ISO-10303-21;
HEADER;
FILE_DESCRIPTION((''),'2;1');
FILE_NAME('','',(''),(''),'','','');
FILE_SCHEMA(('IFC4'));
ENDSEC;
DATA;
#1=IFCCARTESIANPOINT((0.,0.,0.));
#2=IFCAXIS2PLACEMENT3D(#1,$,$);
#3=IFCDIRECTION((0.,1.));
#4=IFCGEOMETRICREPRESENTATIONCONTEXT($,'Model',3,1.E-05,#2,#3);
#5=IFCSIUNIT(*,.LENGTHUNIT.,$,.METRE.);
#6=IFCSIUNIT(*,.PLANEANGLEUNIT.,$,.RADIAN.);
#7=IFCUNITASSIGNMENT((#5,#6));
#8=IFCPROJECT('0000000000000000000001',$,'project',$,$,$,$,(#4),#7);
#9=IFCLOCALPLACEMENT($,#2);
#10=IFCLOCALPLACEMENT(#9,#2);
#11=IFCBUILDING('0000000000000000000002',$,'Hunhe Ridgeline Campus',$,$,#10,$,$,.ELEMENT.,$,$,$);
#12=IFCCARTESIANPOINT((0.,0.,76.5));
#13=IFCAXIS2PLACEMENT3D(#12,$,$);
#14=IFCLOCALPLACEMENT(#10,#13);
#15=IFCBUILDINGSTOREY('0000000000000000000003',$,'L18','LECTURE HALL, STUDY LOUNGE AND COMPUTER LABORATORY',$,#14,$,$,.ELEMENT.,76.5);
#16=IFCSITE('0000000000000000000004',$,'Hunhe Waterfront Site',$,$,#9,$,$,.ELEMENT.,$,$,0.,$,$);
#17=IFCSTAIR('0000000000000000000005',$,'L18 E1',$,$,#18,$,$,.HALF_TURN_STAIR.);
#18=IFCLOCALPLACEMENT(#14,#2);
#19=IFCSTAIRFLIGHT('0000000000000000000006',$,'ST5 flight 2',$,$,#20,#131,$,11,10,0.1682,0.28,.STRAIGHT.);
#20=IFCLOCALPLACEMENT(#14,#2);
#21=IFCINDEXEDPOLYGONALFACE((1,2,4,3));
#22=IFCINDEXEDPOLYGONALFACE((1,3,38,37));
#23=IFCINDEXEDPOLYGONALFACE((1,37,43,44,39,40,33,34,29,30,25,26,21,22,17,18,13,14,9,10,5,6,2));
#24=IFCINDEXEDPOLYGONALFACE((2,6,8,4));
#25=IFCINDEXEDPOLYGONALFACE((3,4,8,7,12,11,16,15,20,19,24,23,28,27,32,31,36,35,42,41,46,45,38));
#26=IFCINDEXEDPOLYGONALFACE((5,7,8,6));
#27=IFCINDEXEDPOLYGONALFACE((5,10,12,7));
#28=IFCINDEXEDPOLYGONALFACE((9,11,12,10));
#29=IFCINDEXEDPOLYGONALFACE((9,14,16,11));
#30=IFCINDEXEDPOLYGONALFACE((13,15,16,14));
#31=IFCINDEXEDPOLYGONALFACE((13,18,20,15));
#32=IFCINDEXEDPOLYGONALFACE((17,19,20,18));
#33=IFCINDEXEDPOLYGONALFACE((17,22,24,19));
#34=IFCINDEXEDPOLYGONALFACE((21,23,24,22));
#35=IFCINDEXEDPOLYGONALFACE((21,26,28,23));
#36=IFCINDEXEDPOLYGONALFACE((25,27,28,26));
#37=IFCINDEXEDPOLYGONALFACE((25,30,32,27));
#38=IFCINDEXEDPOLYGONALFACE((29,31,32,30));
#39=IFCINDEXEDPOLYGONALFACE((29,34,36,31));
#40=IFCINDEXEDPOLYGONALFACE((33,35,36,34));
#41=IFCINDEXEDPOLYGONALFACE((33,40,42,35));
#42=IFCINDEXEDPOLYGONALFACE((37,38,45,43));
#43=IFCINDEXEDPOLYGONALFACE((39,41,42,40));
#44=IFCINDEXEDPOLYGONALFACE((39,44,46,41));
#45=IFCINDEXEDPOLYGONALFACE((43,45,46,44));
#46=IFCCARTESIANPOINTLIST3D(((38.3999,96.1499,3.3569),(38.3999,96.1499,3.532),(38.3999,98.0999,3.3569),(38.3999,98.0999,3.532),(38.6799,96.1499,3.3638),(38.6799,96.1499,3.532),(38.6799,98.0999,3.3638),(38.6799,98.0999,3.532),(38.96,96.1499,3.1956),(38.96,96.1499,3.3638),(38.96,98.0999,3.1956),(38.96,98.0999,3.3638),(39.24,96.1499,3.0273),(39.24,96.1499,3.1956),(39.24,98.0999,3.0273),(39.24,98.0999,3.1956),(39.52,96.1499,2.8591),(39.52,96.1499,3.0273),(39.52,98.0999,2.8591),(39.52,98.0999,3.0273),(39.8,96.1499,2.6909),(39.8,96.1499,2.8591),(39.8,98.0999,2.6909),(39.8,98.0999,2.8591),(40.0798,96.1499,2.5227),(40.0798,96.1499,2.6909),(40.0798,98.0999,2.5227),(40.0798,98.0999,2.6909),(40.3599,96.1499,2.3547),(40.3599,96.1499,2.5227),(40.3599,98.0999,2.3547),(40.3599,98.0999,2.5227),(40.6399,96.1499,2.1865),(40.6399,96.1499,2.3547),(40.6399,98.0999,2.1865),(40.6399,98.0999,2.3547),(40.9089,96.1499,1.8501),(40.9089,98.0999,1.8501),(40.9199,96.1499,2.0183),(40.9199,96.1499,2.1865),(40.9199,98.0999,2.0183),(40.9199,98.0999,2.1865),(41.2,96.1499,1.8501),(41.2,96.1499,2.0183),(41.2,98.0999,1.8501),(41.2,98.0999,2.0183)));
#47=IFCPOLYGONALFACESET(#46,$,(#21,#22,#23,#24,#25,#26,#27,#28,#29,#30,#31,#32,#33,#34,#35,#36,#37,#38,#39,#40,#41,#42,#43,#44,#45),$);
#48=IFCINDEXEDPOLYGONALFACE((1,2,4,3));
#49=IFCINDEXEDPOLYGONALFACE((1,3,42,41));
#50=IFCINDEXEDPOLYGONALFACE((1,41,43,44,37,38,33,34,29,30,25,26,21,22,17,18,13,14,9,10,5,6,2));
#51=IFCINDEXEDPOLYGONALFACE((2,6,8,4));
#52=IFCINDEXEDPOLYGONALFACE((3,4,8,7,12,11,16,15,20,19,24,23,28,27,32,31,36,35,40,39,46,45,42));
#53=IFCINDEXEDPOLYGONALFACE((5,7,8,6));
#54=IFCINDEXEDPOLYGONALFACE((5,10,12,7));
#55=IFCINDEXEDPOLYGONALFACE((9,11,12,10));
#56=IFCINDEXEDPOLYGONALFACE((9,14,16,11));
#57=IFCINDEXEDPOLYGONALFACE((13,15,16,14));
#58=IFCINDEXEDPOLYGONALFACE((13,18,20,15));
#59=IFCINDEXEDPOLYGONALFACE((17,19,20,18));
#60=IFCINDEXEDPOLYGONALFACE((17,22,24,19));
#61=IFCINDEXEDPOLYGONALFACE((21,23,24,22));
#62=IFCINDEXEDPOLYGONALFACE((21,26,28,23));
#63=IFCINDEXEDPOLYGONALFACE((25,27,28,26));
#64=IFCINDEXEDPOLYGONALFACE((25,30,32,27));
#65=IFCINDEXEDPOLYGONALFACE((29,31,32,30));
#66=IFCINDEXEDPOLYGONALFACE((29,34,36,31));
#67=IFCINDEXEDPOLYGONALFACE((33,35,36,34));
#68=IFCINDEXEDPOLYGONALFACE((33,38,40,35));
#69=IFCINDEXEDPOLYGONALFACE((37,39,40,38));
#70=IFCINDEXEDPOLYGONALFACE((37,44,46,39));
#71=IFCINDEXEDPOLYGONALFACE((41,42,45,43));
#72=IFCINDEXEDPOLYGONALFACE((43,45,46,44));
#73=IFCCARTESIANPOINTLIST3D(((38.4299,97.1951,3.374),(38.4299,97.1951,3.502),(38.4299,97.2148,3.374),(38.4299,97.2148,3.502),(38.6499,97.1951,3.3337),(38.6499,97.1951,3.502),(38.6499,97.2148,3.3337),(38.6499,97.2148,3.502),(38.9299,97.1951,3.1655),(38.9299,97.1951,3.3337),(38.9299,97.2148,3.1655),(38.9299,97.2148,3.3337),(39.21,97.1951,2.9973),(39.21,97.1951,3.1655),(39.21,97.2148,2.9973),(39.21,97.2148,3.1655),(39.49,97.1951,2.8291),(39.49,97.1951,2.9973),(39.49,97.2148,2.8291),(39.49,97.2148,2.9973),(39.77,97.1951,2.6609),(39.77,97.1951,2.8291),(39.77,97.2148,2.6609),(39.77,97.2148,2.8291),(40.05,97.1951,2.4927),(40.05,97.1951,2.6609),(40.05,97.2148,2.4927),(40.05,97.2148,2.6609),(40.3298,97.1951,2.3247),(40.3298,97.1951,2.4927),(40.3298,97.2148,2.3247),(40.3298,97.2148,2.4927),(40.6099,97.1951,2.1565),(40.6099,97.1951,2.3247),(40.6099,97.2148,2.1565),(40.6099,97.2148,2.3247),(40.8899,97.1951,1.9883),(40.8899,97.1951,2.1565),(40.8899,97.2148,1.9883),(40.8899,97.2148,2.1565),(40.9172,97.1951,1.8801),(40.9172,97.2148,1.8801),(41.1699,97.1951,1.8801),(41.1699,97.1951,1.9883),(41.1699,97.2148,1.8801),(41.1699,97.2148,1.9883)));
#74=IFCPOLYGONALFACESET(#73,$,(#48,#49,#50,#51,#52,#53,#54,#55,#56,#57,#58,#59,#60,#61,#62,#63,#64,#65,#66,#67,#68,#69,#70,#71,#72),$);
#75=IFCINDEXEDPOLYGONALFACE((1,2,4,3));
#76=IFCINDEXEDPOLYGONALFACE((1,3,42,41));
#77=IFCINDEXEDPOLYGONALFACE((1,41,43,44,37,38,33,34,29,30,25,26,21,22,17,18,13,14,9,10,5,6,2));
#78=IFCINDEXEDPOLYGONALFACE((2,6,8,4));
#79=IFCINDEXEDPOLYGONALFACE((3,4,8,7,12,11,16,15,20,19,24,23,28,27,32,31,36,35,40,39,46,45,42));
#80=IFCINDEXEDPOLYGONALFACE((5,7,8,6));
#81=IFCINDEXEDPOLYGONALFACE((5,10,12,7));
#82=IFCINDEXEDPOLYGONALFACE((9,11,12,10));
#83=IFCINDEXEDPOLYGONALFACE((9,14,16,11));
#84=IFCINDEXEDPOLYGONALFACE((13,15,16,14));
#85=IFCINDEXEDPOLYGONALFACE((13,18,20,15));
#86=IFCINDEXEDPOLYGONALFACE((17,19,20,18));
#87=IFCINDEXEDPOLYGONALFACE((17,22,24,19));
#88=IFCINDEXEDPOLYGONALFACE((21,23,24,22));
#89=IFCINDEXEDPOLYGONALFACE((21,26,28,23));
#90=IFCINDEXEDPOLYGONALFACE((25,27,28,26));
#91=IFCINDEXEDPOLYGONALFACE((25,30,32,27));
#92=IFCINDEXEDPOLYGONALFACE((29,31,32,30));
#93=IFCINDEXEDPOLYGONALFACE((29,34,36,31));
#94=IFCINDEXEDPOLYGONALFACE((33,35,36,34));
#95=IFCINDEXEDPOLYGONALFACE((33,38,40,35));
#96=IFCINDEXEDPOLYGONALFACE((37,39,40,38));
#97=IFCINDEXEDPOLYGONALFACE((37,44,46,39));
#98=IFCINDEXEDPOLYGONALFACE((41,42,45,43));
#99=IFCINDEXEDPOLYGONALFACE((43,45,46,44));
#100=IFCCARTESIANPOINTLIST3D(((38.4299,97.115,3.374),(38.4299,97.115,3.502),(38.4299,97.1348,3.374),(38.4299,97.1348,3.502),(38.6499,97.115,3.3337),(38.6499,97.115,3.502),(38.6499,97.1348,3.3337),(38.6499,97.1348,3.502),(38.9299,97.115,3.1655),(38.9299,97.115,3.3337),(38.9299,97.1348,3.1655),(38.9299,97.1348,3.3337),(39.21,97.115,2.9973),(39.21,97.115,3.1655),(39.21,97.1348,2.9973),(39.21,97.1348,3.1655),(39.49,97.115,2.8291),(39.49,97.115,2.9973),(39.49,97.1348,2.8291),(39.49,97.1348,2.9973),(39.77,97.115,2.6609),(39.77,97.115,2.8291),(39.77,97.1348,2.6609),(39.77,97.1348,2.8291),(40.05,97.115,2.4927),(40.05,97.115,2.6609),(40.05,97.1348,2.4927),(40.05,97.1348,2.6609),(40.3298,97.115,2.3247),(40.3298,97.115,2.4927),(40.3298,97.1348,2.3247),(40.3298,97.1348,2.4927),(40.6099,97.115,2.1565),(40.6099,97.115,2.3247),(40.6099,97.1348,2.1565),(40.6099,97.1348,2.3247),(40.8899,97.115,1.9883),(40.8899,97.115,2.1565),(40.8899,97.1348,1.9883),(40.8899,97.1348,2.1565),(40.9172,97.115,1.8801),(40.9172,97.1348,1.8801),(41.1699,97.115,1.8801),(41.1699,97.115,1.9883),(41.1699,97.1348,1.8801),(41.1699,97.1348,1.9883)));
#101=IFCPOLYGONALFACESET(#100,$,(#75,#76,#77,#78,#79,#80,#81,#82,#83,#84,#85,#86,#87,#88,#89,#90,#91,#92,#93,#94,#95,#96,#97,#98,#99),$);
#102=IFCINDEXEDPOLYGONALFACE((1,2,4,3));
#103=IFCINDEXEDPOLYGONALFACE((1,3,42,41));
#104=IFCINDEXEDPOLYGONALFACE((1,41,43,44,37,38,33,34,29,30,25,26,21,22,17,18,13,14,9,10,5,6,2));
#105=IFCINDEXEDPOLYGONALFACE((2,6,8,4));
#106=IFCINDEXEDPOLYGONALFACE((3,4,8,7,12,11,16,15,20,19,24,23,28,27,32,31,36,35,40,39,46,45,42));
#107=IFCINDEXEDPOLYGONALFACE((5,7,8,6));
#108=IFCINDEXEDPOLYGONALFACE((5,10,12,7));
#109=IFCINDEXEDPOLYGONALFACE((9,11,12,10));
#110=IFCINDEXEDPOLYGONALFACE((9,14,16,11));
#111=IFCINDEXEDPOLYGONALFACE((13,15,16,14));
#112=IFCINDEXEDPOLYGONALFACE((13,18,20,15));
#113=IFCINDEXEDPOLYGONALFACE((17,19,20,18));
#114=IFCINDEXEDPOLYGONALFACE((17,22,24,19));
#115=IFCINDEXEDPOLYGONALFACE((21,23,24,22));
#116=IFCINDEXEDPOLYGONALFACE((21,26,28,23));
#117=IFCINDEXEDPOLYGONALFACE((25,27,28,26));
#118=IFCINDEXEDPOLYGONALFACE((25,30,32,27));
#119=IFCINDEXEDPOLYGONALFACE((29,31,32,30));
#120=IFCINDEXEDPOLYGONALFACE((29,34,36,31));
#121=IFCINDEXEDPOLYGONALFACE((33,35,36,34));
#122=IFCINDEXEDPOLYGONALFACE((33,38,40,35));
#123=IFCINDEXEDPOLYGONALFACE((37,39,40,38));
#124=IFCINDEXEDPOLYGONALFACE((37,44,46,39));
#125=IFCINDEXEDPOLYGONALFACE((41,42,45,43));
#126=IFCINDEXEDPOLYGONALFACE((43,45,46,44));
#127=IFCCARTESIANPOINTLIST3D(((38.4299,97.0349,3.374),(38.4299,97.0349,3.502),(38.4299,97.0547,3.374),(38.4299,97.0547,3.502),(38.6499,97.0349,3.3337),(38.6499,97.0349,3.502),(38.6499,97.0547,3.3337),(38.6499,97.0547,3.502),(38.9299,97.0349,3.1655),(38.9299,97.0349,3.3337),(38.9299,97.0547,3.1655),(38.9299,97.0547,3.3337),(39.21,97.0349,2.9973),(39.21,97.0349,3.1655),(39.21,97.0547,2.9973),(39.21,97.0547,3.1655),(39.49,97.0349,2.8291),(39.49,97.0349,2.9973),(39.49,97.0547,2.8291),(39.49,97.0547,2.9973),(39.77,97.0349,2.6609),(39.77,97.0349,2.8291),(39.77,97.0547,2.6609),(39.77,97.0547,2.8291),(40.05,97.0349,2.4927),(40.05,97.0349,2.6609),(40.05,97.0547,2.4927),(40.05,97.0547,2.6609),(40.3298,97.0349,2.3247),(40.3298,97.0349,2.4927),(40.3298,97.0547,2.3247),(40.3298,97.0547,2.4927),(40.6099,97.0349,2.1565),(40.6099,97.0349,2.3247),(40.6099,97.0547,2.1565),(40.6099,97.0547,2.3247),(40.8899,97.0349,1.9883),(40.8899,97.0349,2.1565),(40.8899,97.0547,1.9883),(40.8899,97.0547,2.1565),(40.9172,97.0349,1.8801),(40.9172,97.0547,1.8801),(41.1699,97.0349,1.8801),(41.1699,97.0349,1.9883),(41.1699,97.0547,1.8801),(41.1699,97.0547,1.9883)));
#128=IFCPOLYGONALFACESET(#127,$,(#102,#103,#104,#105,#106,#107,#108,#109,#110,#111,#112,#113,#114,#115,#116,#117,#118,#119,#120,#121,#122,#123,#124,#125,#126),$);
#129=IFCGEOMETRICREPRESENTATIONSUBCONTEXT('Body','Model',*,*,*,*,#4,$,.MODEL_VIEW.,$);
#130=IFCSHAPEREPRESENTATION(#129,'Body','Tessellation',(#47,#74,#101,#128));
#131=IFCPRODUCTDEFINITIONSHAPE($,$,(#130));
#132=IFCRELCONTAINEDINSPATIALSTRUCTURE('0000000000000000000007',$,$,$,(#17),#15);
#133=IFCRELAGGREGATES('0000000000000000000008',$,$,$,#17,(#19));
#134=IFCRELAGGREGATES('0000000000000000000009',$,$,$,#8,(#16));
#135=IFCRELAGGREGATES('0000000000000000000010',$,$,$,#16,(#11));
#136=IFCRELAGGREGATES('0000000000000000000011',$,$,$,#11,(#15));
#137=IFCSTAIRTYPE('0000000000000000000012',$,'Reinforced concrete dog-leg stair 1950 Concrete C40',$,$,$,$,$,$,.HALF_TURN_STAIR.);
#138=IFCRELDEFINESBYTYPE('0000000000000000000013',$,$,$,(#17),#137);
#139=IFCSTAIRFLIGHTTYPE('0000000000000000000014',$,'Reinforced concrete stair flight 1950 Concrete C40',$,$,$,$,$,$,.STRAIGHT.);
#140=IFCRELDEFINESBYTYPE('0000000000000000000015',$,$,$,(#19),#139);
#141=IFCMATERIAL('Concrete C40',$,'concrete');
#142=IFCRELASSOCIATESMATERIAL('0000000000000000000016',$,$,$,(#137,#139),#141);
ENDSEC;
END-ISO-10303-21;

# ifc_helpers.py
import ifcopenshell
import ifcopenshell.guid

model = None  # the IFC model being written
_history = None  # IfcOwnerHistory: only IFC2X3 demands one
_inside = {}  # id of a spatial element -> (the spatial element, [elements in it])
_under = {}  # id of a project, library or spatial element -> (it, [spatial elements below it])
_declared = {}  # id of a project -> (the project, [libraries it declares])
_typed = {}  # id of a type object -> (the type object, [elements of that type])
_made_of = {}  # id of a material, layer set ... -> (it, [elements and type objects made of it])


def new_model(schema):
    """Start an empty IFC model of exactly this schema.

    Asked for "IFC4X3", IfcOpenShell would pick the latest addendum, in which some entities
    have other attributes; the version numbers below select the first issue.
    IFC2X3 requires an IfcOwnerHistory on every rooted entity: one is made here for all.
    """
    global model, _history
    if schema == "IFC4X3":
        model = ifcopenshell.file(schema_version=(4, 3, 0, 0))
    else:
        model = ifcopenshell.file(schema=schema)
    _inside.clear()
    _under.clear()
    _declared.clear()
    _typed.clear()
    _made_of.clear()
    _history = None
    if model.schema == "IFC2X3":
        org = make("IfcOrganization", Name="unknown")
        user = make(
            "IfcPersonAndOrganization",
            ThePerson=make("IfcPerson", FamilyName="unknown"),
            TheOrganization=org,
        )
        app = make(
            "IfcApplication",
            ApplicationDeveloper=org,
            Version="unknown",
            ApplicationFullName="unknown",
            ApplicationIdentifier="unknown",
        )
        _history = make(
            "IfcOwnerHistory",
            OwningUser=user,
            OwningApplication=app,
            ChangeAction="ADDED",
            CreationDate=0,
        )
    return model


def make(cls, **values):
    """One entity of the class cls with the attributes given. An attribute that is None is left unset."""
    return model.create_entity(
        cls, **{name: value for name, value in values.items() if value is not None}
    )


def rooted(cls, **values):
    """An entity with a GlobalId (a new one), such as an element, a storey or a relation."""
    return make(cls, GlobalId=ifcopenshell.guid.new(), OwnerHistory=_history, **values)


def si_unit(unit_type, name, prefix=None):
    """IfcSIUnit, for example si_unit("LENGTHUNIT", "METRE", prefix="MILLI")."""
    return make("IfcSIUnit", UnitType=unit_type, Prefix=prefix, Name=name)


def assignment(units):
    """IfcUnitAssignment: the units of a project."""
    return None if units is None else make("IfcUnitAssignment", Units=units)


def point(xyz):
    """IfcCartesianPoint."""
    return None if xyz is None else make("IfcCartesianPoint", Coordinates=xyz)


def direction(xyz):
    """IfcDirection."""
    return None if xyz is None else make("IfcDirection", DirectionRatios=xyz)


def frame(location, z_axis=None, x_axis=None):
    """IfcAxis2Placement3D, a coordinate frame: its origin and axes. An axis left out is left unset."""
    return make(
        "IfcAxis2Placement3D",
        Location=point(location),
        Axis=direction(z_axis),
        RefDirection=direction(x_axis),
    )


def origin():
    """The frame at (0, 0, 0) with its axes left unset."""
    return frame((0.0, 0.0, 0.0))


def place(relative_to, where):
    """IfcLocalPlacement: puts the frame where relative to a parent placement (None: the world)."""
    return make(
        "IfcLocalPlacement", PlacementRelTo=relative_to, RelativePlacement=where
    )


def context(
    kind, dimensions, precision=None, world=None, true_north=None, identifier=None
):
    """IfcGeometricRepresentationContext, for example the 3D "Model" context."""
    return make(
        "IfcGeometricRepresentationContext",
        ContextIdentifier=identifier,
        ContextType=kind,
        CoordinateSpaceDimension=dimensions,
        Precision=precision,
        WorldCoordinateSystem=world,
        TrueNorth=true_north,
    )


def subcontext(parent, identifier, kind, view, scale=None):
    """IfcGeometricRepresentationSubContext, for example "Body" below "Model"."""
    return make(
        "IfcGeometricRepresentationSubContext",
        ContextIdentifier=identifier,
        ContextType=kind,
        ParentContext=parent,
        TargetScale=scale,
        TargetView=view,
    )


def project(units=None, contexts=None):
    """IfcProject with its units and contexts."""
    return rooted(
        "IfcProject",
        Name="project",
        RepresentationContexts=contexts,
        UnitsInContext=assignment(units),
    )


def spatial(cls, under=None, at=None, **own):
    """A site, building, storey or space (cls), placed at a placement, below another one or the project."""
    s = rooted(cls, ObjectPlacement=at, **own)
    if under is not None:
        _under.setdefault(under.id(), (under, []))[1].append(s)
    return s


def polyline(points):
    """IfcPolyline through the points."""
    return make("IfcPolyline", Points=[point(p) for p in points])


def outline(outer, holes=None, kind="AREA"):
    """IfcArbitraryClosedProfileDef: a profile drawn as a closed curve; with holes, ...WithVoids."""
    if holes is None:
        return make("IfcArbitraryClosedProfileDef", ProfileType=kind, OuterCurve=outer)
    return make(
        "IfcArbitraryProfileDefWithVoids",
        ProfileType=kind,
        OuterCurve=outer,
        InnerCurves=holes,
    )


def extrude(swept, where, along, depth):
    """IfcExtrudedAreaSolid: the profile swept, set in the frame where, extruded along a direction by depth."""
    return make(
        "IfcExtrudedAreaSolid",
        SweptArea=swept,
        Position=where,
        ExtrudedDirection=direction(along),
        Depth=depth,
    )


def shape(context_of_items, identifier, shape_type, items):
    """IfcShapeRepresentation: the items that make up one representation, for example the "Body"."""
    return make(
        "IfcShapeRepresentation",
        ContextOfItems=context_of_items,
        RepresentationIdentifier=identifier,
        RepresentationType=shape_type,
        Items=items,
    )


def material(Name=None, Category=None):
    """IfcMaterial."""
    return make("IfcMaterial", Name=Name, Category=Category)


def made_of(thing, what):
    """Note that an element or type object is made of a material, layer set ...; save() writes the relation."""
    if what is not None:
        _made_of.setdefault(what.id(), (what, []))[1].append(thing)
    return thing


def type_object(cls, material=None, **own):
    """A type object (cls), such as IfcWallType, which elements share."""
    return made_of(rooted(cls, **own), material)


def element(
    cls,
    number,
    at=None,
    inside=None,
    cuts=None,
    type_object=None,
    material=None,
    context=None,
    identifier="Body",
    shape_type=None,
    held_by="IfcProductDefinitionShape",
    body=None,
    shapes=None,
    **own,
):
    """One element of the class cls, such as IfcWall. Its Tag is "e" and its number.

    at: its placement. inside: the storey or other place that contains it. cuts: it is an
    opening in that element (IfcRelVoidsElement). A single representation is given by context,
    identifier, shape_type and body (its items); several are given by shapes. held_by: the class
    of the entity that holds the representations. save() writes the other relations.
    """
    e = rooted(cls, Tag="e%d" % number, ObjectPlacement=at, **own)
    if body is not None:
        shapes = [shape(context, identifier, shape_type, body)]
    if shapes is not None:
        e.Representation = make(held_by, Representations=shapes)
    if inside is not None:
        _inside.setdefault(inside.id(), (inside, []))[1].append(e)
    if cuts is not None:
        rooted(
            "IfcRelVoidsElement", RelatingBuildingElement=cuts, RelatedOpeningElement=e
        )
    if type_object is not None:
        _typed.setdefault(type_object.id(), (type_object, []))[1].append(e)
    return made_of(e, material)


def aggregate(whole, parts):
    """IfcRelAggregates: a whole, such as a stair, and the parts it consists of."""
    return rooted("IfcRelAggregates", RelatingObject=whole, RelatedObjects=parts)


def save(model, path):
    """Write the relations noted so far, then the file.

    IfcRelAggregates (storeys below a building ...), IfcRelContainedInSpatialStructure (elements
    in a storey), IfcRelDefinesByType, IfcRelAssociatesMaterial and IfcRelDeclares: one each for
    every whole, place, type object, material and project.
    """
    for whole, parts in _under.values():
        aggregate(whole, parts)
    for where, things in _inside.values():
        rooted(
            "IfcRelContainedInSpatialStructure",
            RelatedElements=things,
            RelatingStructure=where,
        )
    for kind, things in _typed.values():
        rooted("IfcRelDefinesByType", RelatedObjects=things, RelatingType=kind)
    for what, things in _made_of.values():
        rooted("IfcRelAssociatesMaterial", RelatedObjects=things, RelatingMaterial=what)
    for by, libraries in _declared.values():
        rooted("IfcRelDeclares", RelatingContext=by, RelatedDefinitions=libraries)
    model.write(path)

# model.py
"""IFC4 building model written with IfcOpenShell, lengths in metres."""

from ifc_helpers import new_model, si_unit, direction, frame, origin, place, context, subcontext, project, spatial, polyline, outline, extrude, material, type_object, element, aggregate, save


model = new_model("IFC4")

# Units and contexts
model_context = context("Model", 3, precision=1e-05, world=origin(), true_north=direction((0.0, 1.0)))
body_context = subcontext(model_context, "Body", "Model", "MODEL_VIEW")
ifc_project = project(units=[si_unit("LENGTHUNIT", "METRE"), si_unit("PLANEANGLEUNIT", "RADIAN")], contexts=[model_context])

# Site, building, storey
site_placement = place(None, origin())
site = spatial("IfcSite", under=ifc_project, at=site_placement, Name="Hunhe Waterfront Site", CompositionType="ELEMENT", RefElevation=0.0)
building_placement = place(site_placement, origin())
building = spatial("IfcBuilding", under=site, at=building_placement, Name="Hunhe Ridgeline Campus", CompositionType="ELEMENT")
storey_placement = place(building_placement, frame((0.0, 0.0, 76.5)))
storey = spatial("IfcBuildingStorey", under=building, at=storey_placement, Name="L18", Description="LECTURE HALL, STUDY LOUNGE AND COMPUTER LABORATORY", CompositionType="ELEMENT", Elevation=76.5)

# Stair, stair flight
ifc_material_1 = material(Name="Concrete C40", Category="concrete")
stair_type = type_object("IfcStairType", Name="Reinforced concrete dog-leg stair 1950 Concrete C40", PredefinedType="HALF_TURN_STAIR", material=ifc_material_1)
stair_1_placement = place(storey_placement, origin())
stair_1 = element("IfcStair", 1, at=stair_1_placement, inside=storey, type_object=stair_type, Name="L18 E1", PredefinedType="HALF_TURN_STAIR")
stair_flight_type = type_object("IfcStairFlightType", Name="Reinforced concrete stair flight 1950 Concrete C40", PredefinedType="STRAIGHT", material=ifc_material_1)
stair_flight_1_placement = place(storey_placement, frame((41.2, 97.125, 1.8501), z_axis=(0.0, 0.0, 1.0), x_axis=(-1.0, 0.0, 0.0)))
stair_flight_1 = element("IfcStairFlight", 2, at=stair_flight_1_placement, type_object=stair_flight_type, Name="ST5 flight 2", NumberOfRisers=11, NumberOfTreads=10, PredefinedType="STRAIGHT", RiserHeight=0.1682, TreadLength=0.28, context=body_context, shape_type="SweptSolid", body=[
    extrude(outline(polyline([(0.0, 0.0), (0.0, 0.1682), (0.28, 0.1682), (0.28, 0.3364), (0.5601, 0.3364), (0.5601, 0.5046), (0.8401, 0.5046), (0.8401, 0.6726), (1.1201, 0.6726), (1.1201, 0.8408), (1.3999, 0.8408), (1.3999, 1.009), (1.6799, 1.009), (1.6799, 1.1772), (1.96, 1.1772), (1.96, 1.3455), (2.24, 1.3455), (2.24, 1.5137), (2.52, 1.5137), (2.52, 1.6819), (2.8, 1.6819), (2.8, 1.8501), (2.8, 1.5068), (0.291, 0.0), (0.0, 0.0)])), frame((0.0, 0.9751, 0.0), z_axis=(0.0, -1.0, 0.0), x_axis=(1.0, 0.0, 0.0)), (0.0, 0.0, 1.0), 1.95),
    extrude(outline(polyline([(0.03, 0.03), (0.03, 0.1382), (0.3101, 0.1382), (0.3101, 0.3064), (0.5901, 0.3064), (0.5901, 0.4746), (0.8701, 0.4746), (0.8701, 0.6426), (1.1499, 0.6426), (1.1499, 0.8108), (1.4299, 0.8108), (1.4299, 0.979), (1.71, 0.979), (1.71, 1.1472), (1.99, 1.1472), (1.99, 1.3154), (2.27, 1.3154), (2.27, 1.4836), (2.55, 1.4836), (2.55, 1.6519), (2.77, 1.6519), (2.77, 1.5239), (0.2827, 0.03), (0.03, 0.03)])), frame((0.0, -0.0701, 0.0), z_axis=(0.0, -1.0, 0.0), x_axis=(1.0, 0.0, 0.0)), (0.0, 0.0, 1.0), 0.0198),
    extrude(outline(polyline([(0.03, 0.03), (0.03, 0.1382), (0.3101, 0.1382), (0.3101, 0.3064), (0.5901, 0.3064), (0.5901, 0.4746), (0.8701, 0.4746), (0.8701, 0.6426), (1.1499, 0.6426), (1.1499, 0.8108), (1.4299, 0.8108), (1.4299, 0.979), (1.71, 0.979), (1.71, 1.1472), (1.99, 1.1472), (1.99, 1.3154), (2.27, 1.3154), (2.27, 1.4836), (2.55, 1.4836), (2.55, 1.6519), (2.77, 1.6519), (2.77, 1.5239), (0.2827, 0.03), (0.03, 0.03)])), frame((0.0, 0.01, 0.0), z_axis=(0.0, -1.0, 0.0), x_axis=(1.0, 0.0, 0.0)), (0.0, 0.0, 1.0), 0.0198),
    extrude(outline(polyline([(0.03, 0.03), (0.03, 0.1382), (0.3101, 0.1382), (0.3101, 0.3064), (0.5901, 0.3064), (0.5901, 0.4746), (0.8701, 0.4746), (0.8701, 0.6426), (1.1499, 0.6426), (1.1499, 0.8108), (1.4299, 0.8108), (1.4299, 0.979), (1.71, 0.979), (1.71, 1.1472), (1.99, 1.1472), (1.99, 1.3154), (2.27, 1.3154), (2.27, 1.4836), (2.55, 1.4836), (2.55, 1.6519), (2.77, 1.6519), (2.77, 1.5239), (0.2827, 0.03), (0.03, 0.03)])), frame((0.0, 0.0901, 0.0), z_axis=(0.0, -1.0, 0.0), x_axis=(1.0, 0.0, 0.0)), (0.0, 0.0, 1.0), 0.0198),
])
aggregate(stair_1, [stair_flight_1])

save(model, "model.ifc")
